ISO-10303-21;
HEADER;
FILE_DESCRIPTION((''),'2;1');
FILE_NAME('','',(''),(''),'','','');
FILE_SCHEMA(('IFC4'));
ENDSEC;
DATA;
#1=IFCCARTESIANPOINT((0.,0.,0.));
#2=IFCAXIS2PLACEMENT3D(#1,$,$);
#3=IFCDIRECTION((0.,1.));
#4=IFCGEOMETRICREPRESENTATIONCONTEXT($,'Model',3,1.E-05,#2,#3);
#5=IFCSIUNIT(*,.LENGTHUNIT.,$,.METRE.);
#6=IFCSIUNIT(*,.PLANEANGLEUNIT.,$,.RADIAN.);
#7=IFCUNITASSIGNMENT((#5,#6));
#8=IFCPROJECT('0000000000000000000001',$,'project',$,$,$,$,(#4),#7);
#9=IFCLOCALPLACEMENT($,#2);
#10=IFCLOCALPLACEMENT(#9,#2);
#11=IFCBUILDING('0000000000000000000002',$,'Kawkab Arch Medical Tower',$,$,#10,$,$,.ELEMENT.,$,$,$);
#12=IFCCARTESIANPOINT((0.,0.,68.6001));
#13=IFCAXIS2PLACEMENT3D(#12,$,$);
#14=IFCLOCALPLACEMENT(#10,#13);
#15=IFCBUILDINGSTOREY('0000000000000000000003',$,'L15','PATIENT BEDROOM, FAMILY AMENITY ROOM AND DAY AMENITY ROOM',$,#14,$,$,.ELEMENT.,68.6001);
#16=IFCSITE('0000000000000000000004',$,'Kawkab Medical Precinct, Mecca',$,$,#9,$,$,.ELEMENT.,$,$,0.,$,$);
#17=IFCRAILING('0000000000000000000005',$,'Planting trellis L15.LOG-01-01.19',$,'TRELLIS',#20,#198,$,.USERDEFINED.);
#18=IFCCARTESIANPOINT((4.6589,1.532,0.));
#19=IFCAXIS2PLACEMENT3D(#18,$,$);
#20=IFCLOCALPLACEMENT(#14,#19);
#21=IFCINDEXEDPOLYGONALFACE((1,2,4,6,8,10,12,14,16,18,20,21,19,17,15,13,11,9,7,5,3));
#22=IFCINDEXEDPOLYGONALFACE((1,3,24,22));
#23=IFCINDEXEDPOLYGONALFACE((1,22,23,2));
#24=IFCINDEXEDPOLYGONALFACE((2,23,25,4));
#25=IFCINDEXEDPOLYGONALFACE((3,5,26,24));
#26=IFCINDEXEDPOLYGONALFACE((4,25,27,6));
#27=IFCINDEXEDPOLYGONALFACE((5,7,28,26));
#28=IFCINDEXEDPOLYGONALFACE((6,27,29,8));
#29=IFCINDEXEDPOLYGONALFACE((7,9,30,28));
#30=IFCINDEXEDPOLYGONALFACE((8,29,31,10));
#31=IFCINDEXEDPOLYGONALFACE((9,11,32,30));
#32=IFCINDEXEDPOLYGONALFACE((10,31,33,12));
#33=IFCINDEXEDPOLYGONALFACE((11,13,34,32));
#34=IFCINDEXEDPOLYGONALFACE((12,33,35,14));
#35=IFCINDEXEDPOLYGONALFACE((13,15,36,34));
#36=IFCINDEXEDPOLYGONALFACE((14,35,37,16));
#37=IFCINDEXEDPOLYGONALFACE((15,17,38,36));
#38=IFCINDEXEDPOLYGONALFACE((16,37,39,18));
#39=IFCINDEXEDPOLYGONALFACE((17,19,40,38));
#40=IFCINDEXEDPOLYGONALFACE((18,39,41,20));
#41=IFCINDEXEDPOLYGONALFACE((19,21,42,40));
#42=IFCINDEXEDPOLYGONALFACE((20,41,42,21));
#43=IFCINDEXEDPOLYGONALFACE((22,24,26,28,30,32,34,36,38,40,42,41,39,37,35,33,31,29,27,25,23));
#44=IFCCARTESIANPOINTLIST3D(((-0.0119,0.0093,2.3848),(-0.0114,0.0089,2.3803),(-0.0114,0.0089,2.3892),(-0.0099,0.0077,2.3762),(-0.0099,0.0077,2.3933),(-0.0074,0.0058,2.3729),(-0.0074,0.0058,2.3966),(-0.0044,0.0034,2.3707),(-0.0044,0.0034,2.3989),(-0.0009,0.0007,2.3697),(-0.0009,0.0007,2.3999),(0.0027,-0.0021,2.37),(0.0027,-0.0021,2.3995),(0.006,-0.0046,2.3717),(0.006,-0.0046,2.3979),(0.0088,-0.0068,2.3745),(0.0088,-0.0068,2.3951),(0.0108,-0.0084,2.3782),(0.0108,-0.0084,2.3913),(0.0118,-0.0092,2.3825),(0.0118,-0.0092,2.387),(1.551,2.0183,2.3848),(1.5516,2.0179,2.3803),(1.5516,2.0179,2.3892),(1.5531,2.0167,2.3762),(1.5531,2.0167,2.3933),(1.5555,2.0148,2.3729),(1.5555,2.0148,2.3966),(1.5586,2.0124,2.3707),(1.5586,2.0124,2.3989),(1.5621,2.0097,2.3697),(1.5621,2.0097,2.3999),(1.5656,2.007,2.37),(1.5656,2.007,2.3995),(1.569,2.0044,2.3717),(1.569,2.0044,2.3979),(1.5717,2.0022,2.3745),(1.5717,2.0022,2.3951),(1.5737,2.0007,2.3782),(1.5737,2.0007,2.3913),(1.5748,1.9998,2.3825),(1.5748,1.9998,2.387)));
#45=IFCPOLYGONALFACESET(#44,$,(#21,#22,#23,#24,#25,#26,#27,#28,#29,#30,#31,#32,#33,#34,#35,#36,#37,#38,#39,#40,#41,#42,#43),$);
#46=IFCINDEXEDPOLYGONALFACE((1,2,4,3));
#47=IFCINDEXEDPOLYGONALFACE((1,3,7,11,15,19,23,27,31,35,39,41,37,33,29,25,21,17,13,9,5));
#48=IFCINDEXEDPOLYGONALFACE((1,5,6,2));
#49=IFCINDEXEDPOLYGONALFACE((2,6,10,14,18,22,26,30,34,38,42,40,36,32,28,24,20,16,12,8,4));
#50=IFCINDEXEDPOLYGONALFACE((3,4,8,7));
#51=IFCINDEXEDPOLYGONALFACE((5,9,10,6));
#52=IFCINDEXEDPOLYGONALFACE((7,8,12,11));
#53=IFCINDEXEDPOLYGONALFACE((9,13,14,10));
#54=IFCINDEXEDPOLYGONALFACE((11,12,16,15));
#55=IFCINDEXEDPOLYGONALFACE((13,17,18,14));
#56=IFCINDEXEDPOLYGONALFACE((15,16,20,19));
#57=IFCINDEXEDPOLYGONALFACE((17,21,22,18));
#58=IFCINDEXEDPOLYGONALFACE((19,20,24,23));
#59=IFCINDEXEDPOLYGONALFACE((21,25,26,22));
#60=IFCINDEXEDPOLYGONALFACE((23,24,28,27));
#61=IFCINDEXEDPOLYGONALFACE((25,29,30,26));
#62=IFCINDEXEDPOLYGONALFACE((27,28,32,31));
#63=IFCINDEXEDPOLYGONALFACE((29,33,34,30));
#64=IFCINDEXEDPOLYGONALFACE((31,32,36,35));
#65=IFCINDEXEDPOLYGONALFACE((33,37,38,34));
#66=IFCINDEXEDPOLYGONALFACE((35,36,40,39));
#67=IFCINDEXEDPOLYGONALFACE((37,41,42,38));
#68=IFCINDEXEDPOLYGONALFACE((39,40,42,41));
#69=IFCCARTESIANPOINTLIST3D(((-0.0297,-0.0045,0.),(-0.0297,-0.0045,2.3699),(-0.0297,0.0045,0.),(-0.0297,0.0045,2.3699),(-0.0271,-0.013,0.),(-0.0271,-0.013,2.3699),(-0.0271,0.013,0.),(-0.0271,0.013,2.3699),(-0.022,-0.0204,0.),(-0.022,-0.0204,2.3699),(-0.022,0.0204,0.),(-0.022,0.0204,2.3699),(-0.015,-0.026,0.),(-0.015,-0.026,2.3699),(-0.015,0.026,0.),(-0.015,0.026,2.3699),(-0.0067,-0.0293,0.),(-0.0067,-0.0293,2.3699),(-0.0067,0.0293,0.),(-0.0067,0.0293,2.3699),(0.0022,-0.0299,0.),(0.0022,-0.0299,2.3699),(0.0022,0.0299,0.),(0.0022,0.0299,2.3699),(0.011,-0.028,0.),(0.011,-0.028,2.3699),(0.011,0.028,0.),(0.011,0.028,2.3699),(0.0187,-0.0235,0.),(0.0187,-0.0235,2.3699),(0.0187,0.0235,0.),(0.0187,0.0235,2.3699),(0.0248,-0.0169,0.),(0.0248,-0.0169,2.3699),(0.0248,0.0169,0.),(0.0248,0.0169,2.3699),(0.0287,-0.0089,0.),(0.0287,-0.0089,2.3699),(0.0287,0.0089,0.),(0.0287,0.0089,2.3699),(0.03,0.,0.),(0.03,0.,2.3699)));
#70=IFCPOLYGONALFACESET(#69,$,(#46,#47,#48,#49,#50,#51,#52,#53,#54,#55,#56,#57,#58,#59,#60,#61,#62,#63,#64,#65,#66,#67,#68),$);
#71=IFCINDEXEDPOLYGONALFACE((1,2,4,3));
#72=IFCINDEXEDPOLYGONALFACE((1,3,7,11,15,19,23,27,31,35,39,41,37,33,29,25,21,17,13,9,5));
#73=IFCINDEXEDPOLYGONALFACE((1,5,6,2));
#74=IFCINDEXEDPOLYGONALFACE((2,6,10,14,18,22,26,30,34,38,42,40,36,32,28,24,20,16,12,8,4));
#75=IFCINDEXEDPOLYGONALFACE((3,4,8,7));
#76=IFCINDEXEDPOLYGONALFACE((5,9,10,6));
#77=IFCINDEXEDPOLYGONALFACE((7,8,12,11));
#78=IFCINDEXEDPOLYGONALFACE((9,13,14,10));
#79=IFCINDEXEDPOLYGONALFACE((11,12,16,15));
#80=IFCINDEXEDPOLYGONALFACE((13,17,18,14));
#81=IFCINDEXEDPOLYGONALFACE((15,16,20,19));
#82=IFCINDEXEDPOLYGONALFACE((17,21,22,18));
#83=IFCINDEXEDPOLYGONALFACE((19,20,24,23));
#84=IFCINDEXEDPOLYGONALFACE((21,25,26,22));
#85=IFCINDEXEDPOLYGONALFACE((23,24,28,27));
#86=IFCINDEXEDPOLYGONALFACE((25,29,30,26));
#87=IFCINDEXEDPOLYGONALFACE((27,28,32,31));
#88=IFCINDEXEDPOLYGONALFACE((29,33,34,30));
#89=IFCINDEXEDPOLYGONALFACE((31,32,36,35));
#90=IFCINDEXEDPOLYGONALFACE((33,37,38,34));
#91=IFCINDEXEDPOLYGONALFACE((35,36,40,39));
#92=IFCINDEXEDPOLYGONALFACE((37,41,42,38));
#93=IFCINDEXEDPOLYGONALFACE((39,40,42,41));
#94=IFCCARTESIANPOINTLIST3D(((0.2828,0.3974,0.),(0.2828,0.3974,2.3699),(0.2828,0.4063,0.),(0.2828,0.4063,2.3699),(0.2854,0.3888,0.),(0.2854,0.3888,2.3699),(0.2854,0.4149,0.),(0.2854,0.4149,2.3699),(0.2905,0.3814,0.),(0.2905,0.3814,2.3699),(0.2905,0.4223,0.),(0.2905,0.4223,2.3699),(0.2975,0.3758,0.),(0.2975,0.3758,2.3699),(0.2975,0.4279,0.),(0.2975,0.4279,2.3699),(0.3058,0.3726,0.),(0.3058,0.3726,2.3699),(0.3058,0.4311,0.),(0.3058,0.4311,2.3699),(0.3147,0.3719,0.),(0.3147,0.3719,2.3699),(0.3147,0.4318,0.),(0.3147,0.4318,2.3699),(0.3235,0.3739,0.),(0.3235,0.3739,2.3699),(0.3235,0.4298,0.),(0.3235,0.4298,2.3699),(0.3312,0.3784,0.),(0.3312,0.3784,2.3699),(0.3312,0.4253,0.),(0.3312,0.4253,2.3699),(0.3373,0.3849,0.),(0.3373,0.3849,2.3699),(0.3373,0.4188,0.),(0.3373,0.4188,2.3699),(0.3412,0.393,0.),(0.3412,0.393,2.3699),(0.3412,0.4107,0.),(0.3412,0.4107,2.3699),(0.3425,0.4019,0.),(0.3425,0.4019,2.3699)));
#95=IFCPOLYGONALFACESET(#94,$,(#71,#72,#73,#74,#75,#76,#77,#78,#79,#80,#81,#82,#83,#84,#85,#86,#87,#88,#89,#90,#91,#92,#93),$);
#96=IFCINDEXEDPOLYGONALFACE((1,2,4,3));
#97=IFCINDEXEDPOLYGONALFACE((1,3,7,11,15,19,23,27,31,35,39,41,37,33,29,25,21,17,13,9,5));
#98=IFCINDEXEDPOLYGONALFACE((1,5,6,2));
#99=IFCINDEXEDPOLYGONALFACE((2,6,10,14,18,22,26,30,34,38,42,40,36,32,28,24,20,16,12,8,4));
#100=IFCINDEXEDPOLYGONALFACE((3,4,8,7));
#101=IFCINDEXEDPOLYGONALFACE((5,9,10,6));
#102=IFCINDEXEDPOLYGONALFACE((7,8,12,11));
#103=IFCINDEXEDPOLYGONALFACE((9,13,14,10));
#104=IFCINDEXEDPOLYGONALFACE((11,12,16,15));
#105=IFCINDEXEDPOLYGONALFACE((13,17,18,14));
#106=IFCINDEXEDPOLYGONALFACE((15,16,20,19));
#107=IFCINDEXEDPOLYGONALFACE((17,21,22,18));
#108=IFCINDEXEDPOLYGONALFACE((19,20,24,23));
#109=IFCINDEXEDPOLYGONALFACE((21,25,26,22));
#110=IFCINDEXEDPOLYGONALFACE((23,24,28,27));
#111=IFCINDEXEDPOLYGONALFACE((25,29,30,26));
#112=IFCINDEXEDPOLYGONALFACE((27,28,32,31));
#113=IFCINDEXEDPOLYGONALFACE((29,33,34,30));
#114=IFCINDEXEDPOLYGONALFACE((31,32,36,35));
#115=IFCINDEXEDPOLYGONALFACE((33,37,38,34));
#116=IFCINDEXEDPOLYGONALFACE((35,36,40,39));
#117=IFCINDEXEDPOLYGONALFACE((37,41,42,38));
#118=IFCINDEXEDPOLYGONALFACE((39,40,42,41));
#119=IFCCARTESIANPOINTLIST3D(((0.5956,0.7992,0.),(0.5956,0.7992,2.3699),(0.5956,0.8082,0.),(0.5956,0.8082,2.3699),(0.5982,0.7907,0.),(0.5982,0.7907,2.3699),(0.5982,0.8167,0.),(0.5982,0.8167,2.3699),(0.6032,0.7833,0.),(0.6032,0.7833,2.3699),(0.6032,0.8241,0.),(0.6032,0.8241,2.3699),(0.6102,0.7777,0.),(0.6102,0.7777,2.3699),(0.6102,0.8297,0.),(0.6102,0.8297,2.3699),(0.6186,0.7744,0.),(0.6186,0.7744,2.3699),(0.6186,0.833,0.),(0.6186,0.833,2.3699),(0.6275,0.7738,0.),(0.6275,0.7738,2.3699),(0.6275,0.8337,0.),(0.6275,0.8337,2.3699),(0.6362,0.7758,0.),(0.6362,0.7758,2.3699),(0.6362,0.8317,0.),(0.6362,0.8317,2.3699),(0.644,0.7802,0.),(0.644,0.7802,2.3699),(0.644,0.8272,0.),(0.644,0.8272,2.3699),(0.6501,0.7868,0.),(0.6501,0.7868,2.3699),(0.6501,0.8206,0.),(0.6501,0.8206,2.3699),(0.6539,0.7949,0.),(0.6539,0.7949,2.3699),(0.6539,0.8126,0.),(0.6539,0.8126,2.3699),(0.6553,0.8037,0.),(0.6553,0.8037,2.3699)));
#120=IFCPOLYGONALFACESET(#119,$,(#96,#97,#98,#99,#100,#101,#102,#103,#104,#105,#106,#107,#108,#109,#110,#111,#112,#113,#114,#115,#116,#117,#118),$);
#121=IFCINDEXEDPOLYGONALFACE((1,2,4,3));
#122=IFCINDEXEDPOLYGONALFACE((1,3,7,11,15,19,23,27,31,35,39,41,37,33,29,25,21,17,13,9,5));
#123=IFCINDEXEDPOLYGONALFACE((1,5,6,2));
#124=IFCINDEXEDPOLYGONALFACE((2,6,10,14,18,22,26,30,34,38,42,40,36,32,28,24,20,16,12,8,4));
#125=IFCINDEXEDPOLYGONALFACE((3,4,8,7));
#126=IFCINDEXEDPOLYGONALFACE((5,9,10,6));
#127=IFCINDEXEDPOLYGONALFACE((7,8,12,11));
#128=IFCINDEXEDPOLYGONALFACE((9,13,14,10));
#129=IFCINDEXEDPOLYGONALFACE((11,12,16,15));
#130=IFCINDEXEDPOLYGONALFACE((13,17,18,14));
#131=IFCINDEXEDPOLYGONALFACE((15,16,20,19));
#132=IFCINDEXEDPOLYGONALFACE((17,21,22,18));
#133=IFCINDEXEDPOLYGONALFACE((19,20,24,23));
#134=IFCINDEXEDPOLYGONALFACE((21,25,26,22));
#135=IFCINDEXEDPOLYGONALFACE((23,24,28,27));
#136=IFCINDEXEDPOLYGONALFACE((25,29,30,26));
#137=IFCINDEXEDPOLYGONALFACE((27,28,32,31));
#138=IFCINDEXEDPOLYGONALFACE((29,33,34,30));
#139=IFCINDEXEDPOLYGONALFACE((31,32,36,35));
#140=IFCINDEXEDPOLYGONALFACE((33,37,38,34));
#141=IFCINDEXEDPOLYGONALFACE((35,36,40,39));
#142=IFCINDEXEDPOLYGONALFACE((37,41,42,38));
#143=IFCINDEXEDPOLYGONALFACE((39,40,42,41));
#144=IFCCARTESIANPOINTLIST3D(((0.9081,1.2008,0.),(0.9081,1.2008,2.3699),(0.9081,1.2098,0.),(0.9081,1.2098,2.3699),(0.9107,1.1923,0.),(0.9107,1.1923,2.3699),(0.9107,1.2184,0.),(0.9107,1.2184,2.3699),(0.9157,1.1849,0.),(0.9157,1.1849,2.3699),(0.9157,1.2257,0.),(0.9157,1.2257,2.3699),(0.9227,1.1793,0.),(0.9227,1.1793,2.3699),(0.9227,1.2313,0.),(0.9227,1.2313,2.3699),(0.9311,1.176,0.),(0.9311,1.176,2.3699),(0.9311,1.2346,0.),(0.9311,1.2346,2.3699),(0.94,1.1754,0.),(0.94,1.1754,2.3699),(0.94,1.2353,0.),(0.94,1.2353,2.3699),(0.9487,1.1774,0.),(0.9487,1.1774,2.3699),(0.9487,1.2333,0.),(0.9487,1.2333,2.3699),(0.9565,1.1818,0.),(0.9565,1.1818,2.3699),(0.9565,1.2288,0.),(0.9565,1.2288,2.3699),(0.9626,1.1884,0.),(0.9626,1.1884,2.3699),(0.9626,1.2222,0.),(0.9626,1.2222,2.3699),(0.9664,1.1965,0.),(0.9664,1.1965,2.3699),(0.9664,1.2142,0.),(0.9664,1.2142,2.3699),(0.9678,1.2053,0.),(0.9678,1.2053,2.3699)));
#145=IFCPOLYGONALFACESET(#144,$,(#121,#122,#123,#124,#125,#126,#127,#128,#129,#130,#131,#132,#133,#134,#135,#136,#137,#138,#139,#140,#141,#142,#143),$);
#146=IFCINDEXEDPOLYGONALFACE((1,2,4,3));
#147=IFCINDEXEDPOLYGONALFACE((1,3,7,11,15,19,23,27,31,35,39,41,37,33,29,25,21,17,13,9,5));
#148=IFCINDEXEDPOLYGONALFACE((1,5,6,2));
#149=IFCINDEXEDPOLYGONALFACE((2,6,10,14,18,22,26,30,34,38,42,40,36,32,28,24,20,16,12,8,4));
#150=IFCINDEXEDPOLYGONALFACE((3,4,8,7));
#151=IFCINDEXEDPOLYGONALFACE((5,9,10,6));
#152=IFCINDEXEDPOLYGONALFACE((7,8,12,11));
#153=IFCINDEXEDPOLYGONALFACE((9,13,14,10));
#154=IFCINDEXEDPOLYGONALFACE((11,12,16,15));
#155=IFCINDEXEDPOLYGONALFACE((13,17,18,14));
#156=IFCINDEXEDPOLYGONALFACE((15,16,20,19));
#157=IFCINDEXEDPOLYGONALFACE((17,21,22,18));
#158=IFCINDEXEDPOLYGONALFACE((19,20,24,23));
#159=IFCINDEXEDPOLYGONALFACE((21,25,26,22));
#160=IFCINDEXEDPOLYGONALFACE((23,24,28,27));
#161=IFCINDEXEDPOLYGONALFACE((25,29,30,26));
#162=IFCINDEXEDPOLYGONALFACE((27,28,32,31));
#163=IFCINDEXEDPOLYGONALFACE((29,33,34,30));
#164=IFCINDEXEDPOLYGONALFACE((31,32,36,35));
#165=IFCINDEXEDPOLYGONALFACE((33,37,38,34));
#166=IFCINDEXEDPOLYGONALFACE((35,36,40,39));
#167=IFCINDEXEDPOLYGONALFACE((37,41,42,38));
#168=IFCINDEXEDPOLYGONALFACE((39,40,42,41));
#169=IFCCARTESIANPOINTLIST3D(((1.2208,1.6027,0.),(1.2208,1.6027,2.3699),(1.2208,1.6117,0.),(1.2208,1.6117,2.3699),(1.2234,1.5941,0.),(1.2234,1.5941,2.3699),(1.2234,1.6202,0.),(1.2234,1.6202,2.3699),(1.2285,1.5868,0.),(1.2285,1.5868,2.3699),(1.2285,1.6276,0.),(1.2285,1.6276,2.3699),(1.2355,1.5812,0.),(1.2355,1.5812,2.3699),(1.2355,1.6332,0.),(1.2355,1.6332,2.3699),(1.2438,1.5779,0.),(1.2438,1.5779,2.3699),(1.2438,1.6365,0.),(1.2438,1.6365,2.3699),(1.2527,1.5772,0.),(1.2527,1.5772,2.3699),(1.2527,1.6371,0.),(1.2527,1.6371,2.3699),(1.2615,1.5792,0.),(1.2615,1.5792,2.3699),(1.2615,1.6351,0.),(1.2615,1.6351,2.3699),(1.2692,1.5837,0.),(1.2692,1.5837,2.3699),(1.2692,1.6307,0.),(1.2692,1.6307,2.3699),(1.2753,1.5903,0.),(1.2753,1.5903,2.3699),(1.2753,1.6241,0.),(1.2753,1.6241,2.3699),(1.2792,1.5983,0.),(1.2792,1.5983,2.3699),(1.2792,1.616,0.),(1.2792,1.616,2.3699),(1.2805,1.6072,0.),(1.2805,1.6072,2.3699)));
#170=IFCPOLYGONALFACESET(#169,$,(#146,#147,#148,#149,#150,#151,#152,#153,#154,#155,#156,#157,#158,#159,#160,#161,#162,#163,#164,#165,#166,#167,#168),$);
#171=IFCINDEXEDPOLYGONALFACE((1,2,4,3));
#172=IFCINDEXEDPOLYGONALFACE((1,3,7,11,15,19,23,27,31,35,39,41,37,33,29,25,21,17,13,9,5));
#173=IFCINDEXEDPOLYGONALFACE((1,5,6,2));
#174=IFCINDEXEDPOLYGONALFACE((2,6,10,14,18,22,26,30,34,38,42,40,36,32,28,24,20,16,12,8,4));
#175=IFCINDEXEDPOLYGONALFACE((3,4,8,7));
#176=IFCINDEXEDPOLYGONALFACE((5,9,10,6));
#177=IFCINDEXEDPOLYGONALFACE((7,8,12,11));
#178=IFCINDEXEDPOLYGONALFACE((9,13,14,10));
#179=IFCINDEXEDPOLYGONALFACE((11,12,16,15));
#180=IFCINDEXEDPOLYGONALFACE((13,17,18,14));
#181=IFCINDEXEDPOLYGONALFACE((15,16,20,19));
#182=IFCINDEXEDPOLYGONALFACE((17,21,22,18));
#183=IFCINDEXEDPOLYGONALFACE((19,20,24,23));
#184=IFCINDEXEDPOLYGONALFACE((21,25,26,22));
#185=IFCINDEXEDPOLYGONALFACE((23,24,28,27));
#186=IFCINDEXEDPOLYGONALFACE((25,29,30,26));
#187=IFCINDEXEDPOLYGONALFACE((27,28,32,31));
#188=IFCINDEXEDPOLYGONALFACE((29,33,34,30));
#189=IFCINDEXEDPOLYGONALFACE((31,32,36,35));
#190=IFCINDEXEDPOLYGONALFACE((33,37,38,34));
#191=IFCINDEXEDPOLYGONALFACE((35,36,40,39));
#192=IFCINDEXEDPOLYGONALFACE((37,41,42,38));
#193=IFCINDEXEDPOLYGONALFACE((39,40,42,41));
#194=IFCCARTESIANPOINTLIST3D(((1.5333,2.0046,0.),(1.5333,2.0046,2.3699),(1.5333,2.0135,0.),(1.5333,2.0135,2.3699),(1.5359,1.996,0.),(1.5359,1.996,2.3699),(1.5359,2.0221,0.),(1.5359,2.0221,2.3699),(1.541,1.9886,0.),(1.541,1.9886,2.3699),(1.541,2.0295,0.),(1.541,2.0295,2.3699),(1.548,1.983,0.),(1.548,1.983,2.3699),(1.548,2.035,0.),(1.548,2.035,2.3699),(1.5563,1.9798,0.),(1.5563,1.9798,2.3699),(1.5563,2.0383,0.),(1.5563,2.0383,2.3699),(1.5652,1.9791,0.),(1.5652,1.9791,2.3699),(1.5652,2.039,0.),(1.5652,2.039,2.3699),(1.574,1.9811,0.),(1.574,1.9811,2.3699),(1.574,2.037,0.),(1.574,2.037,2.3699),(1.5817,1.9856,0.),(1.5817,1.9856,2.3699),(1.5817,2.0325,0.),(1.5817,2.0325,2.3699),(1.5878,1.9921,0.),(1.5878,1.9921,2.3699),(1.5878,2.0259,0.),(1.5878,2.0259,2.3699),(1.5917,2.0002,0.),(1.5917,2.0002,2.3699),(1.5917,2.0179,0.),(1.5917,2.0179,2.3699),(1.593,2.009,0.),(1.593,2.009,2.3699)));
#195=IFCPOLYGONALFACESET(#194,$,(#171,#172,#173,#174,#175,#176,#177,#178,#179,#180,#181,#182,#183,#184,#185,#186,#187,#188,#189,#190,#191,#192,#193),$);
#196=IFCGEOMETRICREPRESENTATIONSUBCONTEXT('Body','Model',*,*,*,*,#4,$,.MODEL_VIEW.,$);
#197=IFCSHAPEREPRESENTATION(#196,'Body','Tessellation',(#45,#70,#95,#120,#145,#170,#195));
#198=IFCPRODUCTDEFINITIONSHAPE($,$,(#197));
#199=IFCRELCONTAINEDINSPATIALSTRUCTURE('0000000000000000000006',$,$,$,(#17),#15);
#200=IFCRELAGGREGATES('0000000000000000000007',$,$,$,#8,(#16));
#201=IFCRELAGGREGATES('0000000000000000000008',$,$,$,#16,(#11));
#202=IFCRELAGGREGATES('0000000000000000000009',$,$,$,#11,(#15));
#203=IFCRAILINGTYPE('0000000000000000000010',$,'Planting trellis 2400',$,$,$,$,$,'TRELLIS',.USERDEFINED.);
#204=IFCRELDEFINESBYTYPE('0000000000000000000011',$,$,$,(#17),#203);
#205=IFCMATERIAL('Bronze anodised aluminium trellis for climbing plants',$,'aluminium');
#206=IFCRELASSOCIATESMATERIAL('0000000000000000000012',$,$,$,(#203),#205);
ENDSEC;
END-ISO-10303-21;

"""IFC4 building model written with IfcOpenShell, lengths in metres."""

from ifc_helpers import new_model, si_unit, direction, frame, origin, origin_2d, place, context, subcontext, project, spatial, circle, extrude, material, type_object, element, save


model = new_model("IFC4")

# Units and contexts
model_context = context("Model", 3, precision=1e-05, world=origin(), true_north=direction((0.0, 1.0)))
body_context = subcontext(model_context, "Body", "Model", "MODEL_VIEW")
ifc_project = project(units=[si_unit("LENGTHUNIT", "METRE"), si_unit("PLANEANGLEUNIT", "RADIAN")], contexts=[model_context])

# Site, building, storey
site_placement = place(None, origin())
site = spatial("IfcSite", under=ifc_project, at=site_placement, Name="Kawkab Medical Precinct, Mecca", CompositionType="ELEMENT", RefElevation=0.0)
building_placement = place(site_placement, origin())
building = spatial("IfcBuilding", under=site, at=building_placement, Name="Kawkab Arch Medical Tower", CompositionType="ELEMENT")
storey_placement = place(building_placement, frame((0.0, 0.0, 68.6001)))
storey = spatial("IfcBuildingStorey", under=building, at=storey_placement, Name="L15", Description="PATIENT BEDROOM, FAMILY AMENITY ROOM AND DAY AMENITY ROOM", CompositionType="ELEMENT", Elevation=68.6001)

# Railing
ifc_material_1 = material(Name="Bronze anodised aluminium trellis for climbing plants", Category="aluminium")
railing_type = type_object("IfcRailingType", Name="Planting trellis 2400", ElementType="TRELLIS", PredefinedType="USERDEFINED", material=ifc_material_1)
railing_1_placement = place(storey_placement, frame((4.6589, 1.532, 0.0)))
element("IfcRailing", 1, at=railing_1_placement, inside=storey, type_object=railing_type, Name="Planting trellis L15.LOG-01-01.19", ObjectType="TRELLIS", PredefinedType="USERDEFINED", context=body_context, shape_type="SweptSolid", body=[
    extrude(circle(Radius=0.0151, at=origin_2d()), frame((0.0, 0.0, 2.3848), z_axis=(0.61404, 0.789275, 0.0), x_axis=(-0.789275, 0.61404, 0.0)), (0.0, 0.0, 1.0), 2.5454),
    extrude(circle(Radius=0.03, at=origin_2d()), origin(), (0.0, 0.0, 1.0), 2.3699),
    extrude(circle(Radius=0.03, at=origin_2d()), frame((0.3125, 0.4019, 0.0)), (0.0, 0.0, 1.0), 2.3699),
    extrude(circle(Radius=0.03, at=origin_2d()), frame((0.6252, 0.8037, 0.0)), (0.0, 0.0, 1.0), 2.3699),
    extrude(circle(Radius=0.03, at=origin_2d()), frame((0.9377, 1.2053, 0.0)), (0.0, 0.0, 1.0), 2.3699),
    extrude(circle(Radius=0.03, at=origin_2d()), frame((1.2505, 1.6072, 0.0)), (0.0, 0.0, 1.0), 2.3699),
    extrude(circle(Radius=0.03, at=origin_2d()), frame((1.563, 2.009, 0.0)), (0.0, 0.0, 1.0), 2.3699),
])

save(model, "model.ifc")
